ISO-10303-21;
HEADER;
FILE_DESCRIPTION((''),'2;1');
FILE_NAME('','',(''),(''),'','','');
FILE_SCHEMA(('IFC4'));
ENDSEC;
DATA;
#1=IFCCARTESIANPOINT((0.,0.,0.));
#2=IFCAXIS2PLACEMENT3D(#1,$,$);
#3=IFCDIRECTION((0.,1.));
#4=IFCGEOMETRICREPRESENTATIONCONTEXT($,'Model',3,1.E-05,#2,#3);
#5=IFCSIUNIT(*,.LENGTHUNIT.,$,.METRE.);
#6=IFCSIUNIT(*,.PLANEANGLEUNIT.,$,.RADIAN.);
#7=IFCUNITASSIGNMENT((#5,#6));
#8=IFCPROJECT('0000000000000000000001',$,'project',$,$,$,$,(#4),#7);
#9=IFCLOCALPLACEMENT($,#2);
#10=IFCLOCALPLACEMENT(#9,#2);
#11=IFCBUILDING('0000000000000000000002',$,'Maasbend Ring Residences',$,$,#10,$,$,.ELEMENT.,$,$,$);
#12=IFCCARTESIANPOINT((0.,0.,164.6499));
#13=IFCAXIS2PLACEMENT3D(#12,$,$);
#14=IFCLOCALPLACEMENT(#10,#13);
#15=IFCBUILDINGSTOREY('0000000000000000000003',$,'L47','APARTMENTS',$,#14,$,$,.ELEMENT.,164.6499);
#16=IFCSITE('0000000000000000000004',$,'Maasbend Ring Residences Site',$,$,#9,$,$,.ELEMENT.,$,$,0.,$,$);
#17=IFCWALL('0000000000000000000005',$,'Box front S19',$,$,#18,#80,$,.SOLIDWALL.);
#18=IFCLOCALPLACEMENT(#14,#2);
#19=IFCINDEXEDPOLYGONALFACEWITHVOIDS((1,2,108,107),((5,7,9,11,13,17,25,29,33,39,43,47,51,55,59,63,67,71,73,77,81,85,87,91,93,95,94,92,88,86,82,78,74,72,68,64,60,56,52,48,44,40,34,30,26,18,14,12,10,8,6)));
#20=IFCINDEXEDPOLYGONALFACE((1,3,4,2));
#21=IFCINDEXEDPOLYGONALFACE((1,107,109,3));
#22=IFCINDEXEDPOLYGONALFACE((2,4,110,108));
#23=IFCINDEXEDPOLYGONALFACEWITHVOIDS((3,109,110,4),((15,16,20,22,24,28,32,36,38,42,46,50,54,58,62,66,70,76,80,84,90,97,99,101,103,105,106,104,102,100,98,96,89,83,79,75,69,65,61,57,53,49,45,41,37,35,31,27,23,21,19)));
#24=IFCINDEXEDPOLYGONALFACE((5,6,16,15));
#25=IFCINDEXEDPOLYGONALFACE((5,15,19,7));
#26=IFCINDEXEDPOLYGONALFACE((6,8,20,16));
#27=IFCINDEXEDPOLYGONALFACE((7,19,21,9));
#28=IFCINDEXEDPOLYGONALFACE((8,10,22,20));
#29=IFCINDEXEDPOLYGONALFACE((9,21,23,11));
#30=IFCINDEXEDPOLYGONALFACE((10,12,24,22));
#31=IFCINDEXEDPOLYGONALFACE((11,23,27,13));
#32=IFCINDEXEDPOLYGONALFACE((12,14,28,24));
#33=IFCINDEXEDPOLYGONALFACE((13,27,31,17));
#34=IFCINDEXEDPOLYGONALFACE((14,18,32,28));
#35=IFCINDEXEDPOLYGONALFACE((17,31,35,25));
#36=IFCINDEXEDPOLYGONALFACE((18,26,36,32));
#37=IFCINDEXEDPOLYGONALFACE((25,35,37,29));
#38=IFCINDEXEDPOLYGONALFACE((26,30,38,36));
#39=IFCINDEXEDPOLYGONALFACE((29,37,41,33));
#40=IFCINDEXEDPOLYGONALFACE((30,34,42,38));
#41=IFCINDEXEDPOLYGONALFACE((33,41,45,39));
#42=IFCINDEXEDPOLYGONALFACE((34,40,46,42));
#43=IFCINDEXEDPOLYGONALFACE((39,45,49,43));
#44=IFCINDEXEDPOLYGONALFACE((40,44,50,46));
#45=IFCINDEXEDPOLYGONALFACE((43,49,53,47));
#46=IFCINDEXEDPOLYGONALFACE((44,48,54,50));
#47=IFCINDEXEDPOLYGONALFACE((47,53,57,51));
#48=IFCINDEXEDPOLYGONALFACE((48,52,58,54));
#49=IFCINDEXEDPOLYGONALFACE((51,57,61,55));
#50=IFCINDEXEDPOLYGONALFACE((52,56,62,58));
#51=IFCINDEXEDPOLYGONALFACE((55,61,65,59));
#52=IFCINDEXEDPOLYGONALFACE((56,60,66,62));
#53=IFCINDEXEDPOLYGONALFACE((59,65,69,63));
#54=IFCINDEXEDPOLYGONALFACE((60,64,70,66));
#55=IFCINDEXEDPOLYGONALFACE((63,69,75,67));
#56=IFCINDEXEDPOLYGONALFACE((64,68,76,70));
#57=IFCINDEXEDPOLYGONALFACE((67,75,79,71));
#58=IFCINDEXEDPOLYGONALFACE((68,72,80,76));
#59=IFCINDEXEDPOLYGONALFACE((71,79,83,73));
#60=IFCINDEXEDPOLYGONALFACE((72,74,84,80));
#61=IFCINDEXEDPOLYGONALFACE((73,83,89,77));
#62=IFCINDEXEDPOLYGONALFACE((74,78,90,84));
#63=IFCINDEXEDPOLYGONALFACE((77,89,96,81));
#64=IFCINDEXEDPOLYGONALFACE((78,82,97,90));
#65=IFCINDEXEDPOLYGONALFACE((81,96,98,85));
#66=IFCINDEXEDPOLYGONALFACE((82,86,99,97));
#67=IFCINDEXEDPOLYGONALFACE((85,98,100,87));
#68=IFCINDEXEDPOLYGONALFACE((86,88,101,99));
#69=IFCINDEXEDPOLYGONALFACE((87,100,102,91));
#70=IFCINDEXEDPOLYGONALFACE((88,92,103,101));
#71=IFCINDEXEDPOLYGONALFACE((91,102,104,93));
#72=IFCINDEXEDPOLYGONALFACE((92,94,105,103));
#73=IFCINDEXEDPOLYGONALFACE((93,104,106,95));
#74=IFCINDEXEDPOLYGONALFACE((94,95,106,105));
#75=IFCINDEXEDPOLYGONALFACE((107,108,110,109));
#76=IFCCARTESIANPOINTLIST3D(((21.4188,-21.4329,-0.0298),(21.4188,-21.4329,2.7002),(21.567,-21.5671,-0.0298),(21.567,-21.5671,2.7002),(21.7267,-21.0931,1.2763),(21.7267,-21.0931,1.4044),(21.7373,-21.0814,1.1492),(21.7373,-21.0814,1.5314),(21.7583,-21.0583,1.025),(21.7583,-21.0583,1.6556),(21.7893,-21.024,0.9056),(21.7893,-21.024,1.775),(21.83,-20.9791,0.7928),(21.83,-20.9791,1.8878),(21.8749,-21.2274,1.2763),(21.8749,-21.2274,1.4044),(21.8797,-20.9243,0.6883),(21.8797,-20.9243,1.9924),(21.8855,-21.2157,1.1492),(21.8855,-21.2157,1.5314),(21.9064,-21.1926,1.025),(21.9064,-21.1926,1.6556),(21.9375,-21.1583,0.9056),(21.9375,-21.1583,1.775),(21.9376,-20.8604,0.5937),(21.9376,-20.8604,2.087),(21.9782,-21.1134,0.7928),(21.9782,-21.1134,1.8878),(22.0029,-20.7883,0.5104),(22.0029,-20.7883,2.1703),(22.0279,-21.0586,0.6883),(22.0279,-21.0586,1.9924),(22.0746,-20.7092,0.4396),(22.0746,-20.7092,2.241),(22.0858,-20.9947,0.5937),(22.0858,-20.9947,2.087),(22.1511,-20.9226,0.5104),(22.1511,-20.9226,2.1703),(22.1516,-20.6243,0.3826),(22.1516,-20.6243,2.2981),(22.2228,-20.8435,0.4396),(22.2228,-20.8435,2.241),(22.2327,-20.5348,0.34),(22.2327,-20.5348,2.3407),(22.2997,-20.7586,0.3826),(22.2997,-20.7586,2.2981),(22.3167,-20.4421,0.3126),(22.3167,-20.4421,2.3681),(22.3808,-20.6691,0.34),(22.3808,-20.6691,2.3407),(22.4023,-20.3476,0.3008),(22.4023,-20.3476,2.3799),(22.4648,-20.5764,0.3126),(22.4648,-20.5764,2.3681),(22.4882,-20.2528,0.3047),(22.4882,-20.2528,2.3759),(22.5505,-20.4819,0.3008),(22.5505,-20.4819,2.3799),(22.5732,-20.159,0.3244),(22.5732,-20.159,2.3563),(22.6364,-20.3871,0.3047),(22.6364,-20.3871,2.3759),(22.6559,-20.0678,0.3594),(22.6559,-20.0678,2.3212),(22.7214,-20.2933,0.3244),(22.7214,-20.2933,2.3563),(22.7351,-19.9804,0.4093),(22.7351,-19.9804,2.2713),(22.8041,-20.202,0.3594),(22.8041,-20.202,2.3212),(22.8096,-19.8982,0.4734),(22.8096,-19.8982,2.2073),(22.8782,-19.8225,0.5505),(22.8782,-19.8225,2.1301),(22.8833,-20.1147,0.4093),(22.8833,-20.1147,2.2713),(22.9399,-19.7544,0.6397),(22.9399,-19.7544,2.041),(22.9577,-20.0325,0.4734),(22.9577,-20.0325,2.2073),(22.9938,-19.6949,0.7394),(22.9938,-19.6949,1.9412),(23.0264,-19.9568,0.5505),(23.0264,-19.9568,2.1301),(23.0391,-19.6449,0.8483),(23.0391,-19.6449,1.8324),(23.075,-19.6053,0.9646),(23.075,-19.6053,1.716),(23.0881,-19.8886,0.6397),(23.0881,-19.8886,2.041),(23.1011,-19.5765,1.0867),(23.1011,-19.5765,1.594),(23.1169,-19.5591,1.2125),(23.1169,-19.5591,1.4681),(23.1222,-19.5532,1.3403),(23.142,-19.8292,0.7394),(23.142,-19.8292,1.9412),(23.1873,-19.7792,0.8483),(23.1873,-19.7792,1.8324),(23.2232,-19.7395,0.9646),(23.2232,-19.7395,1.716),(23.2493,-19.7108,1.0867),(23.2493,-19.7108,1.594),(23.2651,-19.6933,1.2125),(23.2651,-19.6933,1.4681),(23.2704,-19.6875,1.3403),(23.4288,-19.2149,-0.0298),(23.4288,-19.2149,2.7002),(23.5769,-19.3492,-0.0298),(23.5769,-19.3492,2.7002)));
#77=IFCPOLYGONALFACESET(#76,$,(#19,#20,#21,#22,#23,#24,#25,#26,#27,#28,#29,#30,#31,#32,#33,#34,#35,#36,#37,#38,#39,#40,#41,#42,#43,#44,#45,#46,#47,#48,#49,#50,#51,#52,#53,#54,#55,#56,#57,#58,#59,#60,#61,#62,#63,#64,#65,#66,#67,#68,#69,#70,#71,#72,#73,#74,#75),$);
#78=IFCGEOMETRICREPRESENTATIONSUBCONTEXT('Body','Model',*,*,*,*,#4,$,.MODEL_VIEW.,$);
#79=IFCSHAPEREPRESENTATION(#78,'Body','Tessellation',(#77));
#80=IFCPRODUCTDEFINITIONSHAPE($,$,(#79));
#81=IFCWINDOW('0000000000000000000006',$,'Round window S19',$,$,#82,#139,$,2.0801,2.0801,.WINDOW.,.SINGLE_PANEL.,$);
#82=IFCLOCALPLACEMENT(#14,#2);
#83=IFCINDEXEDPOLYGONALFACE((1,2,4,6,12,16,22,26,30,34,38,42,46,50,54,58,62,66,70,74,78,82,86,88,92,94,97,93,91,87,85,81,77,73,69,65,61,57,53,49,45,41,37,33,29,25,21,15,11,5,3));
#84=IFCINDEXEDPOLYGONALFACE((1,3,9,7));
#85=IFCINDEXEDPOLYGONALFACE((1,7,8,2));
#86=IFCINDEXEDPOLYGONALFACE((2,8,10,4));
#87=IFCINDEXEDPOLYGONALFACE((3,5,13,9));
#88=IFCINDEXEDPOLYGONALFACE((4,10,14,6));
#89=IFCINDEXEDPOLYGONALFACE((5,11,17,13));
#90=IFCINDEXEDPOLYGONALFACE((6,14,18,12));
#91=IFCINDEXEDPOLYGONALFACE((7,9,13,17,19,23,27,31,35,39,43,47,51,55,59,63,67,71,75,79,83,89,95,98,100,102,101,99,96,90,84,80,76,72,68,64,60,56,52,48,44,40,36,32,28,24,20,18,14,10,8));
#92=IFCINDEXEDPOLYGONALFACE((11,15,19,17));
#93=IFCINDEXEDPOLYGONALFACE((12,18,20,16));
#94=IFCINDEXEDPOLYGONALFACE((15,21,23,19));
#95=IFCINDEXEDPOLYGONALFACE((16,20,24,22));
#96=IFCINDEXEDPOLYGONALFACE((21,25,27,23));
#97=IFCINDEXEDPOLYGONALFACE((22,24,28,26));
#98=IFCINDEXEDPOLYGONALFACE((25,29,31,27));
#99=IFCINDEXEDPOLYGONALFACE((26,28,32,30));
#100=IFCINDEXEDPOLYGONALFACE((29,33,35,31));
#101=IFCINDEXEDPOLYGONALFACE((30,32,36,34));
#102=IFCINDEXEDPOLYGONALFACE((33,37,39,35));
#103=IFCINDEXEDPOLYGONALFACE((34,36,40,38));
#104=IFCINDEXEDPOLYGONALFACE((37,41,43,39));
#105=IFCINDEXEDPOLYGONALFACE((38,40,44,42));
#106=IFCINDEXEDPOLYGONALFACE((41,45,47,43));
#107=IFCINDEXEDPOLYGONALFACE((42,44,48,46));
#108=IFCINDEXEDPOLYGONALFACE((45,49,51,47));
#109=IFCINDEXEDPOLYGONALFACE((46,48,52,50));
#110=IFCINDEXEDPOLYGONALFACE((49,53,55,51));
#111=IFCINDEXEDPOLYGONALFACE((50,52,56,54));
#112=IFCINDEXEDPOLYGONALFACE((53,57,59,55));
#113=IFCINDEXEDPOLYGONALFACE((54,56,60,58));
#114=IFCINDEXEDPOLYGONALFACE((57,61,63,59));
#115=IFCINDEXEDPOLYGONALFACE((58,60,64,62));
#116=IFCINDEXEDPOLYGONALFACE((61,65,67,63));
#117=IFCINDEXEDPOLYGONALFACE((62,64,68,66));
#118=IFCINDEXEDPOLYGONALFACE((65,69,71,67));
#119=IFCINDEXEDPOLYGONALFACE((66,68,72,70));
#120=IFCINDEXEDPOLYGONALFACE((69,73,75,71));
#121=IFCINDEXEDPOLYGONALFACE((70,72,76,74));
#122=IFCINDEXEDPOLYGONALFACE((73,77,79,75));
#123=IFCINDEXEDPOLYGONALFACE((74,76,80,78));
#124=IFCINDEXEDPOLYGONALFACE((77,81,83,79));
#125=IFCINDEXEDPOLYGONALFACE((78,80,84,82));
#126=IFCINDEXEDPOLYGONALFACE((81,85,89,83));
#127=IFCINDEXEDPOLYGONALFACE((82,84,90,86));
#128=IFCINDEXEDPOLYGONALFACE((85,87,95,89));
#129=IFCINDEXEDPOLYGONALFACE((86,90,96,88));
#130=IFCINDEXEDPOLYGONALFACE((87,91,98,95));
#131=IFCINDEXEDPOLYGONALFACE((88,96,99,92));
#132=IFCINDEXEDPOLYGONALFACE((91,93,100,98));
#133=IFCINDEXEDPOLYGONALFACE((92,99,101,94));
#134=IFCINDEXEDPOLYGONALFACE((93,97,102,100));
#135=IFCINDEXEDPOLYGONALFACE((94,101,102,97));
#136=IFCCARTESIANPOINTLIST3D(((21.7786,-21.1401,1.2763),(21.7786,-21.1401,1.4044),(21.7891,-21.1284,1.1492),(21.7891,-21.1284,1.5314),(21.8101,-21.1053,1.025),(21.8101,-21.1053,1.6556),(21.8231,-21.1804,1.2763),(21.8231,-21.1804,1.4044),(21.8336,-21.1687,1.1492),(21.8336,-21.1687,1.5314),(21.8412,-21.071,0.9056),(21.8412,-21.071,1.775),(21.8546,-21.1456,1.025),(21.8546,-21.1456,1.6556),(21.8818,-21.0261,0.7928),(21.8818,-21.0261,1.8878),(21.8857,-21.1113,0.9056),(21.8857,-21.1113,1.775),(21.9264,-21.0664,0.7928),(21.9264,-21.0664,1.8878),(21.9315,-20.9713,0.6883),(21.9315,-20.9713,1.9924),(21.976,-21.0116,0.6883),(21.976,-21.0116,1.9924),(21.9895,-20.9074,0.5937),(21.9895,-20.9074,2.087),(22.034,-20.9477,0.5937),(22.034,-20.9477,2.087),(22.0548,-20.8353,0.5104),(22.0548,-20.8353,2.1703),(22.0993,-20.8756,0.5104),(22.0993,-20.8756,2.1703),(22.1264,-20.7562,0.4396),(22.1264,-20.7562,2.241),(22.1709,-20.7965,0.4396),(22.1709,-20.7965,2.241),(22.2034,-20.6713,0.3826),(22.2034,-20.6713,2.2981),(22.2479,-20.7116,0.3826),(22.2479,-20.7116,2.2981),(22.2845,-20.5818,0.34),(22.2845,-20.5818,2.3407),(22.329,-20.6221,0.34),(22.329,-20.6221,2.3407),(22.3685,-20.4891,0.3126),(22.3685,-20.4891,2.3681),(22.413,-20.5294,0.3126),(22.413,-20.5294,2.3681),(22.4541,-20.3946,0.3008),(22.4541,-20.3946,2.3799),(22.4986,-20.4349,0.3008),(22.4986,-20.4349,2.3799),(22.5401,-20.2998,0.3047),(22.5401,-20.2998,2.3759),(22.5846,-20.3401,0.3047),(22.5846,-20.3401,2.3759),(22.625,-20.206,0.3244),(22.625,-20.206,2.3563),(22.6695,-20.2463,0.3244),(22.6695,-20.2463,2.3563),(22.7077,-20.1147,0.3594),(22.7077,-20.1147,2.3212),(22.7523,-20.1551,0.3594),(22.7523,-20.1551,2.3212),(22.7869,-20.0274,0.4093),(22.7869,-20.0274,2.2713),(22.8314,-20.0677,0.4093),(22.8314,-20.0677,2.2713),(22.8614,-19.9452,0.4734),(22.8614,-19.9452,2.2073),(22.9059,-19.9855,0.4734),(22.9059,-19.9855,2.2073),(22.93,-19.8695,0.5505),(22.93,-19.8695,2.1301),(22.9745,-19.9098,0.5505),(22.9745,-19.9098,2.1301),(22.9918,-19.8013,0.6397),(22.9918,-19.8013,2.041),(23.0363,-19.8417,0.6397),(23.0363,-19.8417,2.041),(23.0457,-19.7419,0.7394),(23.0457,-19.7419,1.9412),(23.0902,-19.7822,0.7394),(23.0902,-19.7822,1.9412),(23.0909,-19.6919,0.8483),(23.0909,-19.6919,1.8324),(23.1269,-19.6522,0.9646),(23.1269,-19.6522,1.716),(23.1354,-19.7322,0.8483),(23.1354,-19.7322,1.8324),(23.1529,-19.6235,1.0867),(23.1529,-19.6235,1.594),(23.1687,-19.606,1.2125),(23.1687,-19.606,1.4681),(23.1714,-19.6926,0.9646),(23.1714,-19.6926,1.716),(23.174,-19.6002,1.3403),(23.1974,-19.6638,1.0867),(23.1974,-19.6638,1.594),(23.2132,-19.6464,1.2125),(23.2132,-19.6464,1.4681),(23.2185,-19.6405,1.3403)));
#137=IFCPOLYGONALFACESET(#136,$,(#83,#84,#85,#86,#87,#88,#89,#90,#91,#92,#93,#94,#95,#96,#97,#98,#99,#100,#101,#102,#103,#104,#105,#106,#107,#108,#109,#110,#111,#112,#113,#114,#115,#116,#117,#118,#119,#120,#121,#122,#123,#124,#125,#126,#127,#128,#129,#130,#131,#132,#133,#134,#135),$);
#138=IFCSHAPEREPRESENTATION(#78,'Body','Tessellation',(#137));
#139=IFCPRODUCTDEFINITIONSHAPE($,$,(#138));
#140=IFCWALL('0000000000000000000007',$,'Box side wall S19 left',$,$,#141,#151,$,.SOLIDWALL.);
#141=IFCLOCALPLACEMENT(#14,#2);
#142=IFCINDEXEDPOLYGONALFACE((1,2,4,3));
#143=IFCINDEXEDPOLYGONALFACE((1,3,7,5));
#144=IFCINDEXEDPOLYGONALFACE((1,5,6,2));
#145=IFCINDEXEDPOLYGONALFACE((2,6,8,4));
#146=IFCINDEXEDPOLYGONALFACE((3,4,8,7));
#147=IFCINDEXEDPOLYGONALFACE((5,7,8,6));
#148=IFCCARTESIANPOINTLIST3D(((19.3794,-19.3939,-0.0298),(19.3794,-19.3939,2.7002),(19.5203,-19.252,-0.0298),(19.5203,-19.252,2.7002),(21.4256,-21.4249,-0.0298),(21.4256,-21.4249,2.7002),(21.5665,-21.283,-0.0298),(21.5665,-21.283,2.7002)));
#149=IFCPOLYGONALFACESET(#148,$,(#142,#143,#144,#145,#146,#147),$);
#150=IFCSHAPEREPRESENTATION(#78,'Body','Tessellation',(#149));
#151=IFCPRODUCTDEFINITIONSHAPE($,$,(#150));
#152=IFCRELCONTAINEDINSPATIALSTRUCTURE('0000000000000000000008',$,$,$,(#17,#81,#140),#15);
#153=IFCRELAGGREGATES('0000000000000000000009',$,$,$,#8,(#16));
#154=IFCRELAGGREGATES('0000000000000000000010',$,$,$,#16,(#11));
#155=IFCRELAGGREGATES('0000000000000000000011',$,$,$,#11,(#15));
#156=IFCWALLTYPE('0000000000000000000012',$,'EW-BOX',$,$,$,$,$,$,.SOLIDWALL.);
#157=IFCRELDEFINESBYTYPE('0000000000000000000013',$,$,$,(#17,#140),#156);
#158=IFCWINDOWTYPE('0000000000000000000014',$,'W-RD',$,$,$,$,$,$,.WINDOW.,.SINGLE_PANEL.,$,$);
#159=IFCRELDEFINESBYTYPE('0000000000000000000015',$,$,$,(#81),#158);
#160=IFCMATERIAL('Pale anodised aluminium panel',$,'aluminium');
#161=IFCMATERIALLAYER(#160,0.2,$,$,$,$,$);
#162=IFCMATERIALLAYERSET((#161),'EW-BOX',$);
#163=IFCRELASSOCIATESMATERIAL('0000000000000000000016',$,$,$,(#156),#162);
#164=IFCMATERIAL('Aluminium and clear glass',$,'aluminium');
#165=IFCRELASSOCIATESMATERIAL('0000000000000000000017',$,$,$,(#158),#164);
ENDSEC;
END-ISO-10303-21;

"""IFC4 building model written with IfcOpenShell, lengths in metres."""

from ifc_helpers import new_model, si_unit, direction, frame, frame_2d, origin, place, context, subcontext, project, spatial, rectangle, circle, extrude, material, layer, layer_set, type_object, element, fill, save


model = new_model("IFC4")

# Units and contexts
model_context = context("Model", 3, precision=1e-05, world=origin(), true_north=direction((0.0, 1.0)))
body_context = subcontext(model_context, "Body", "Model", "MODEL_VIEW")
ifc_project = project(units=[si_unit("LENGTHUNIT", "METRE"), si_unit("PLANEANGLEUNIT", "RADIAN")], contexts=[model_context])

# Site, building, storey
site_placement = place(None, origin())
site = spatial("IfcSite", under=ifc_project, at=site_placement, Name="Maasbend Ring Residences Site", CompositionType="ELEMENT", RefElevation=0.0)
building_placement = place(site_placement, origin())
building = spatial("IfcBuilding", under=site, at=building_placement, Name="Maasbend Ring Residences", CompositionType="ELEMENT")
storey_placement = place(building_placement, frame((0.0, 0.0, 164.6499)))
storey = spatial("IfcBuildingStorey", under=building, at=storey_placement, Name="L47", Description="APARTMENTS", CompositionType="ELEMENT", Elevation=164.6499)

# Shared definitions
ifc_material_1 = material(Name="Pale anodised aluminium panel", Category="aluminium")
ifc_layer_1 = layer(ifc_material_1, 0.2)
ifc_layer_set_1 = layer_set([ifc_layer_1], Name="EW-BOX")
wall_type_1 = type_object("IfcWallType", Name="EW-BOX", PredefinedType="SOLIDWALL", material=ifc_layer_set_1)
ifc_material_2 = material(Name="Aluminium and clear glass", Category="aluminium")
window_type_1 = type_object("IfcWindowType", Name="W-RD", PartitioningType="SINGLE_PANEL", PredefinedType="WINDOW", material=ifc_material_2)

# Wall, opening, window
wall_1_placement = place(storey_placement, frame((21.4929, -21.5, -0.0298), z_axis=(0.0, 0.0, 1.0), x_axis=(0.671507, 0.740998, 0.0)))
wall_1 = element("IfcWall", 1, at=wall_1_placement, inside=storey, type_object=wall_type_1, Name="Box front S19", PredefinedType="SOLIDWALL", context=body_context, shape_type="SweptSolid", body=[
    extrude(rectangle(XDim=2.9932, YDim=0.2, at=frame_2d((1.4966, 0.0))), origin(), (0.0, 0.0, 1.0), 2.73),
])
opening_1_placement = place(wall_1_placement, frame((0.4565, 0.0, 0.3301)))
opening_1 = element("IfcOpeningElement", 2, at=opening_1_placement, cuts=wall_1, PredefinedType="OPENING", context=body_context, shape_type="SweptSolid", body=[
    extrude(circle(Radius=1.04, at=frame_2d((1.04, 1.04))), frame((0.0, 0.1099, 0.0), z_axis=(0.0, -1.0, 0.0), x_axis=(1.0, 0.0, 0.0)), (0.0, 0.0, 1.0), 0.22),
])
window_1_placement = place(opening_1_placement, origin())
window_1 = element("IfcWindow", 3, at=window_1_placement, inside=storey, type_object=window_type_1, Name="Round window S19", OverallHeight=2.0801, OverallWidth=2.0801, PartitioningType="SINGLE_PANEL", PredefinedType="WINDOW", context=body_context, shape_type="SweptSolid", body=[
    extrude(circle(Radius=1.04, at=frame_2d((1.04, 1.04))), frame((0.0, 0.03, 0.0), z_axis=(0.0, -1.0, 0.0), x_axis=(1.0, 0.0, 0.0)), (0.0, 0.0, 1.0), 0.0601),
])
fill(opening_1, window_1)

# Wall
wall_2_placement = place(storey_placement, frame((19.45, -19.323, -0.0298), z_axis=(0.0, 0.0, 1.0), x_axis=(0.709727, -0.704477, 0.0)))
element("IfcWall", 4, at=wall_2_placement, inside=storey, type_object=wall_type_1, Name="Box side wall S19 left", PredefinedType="SOLIDWALL", context=body_context, shape_type="SweptSolid", body=[
    extrude(rectangle(XDim=2.8831, YDim=0.2, at=frame_2d((1.4414, 0.0))), origin(), (0.0, 0.0, 1.0), 2.73),
])

save(model, "model.ifc")
